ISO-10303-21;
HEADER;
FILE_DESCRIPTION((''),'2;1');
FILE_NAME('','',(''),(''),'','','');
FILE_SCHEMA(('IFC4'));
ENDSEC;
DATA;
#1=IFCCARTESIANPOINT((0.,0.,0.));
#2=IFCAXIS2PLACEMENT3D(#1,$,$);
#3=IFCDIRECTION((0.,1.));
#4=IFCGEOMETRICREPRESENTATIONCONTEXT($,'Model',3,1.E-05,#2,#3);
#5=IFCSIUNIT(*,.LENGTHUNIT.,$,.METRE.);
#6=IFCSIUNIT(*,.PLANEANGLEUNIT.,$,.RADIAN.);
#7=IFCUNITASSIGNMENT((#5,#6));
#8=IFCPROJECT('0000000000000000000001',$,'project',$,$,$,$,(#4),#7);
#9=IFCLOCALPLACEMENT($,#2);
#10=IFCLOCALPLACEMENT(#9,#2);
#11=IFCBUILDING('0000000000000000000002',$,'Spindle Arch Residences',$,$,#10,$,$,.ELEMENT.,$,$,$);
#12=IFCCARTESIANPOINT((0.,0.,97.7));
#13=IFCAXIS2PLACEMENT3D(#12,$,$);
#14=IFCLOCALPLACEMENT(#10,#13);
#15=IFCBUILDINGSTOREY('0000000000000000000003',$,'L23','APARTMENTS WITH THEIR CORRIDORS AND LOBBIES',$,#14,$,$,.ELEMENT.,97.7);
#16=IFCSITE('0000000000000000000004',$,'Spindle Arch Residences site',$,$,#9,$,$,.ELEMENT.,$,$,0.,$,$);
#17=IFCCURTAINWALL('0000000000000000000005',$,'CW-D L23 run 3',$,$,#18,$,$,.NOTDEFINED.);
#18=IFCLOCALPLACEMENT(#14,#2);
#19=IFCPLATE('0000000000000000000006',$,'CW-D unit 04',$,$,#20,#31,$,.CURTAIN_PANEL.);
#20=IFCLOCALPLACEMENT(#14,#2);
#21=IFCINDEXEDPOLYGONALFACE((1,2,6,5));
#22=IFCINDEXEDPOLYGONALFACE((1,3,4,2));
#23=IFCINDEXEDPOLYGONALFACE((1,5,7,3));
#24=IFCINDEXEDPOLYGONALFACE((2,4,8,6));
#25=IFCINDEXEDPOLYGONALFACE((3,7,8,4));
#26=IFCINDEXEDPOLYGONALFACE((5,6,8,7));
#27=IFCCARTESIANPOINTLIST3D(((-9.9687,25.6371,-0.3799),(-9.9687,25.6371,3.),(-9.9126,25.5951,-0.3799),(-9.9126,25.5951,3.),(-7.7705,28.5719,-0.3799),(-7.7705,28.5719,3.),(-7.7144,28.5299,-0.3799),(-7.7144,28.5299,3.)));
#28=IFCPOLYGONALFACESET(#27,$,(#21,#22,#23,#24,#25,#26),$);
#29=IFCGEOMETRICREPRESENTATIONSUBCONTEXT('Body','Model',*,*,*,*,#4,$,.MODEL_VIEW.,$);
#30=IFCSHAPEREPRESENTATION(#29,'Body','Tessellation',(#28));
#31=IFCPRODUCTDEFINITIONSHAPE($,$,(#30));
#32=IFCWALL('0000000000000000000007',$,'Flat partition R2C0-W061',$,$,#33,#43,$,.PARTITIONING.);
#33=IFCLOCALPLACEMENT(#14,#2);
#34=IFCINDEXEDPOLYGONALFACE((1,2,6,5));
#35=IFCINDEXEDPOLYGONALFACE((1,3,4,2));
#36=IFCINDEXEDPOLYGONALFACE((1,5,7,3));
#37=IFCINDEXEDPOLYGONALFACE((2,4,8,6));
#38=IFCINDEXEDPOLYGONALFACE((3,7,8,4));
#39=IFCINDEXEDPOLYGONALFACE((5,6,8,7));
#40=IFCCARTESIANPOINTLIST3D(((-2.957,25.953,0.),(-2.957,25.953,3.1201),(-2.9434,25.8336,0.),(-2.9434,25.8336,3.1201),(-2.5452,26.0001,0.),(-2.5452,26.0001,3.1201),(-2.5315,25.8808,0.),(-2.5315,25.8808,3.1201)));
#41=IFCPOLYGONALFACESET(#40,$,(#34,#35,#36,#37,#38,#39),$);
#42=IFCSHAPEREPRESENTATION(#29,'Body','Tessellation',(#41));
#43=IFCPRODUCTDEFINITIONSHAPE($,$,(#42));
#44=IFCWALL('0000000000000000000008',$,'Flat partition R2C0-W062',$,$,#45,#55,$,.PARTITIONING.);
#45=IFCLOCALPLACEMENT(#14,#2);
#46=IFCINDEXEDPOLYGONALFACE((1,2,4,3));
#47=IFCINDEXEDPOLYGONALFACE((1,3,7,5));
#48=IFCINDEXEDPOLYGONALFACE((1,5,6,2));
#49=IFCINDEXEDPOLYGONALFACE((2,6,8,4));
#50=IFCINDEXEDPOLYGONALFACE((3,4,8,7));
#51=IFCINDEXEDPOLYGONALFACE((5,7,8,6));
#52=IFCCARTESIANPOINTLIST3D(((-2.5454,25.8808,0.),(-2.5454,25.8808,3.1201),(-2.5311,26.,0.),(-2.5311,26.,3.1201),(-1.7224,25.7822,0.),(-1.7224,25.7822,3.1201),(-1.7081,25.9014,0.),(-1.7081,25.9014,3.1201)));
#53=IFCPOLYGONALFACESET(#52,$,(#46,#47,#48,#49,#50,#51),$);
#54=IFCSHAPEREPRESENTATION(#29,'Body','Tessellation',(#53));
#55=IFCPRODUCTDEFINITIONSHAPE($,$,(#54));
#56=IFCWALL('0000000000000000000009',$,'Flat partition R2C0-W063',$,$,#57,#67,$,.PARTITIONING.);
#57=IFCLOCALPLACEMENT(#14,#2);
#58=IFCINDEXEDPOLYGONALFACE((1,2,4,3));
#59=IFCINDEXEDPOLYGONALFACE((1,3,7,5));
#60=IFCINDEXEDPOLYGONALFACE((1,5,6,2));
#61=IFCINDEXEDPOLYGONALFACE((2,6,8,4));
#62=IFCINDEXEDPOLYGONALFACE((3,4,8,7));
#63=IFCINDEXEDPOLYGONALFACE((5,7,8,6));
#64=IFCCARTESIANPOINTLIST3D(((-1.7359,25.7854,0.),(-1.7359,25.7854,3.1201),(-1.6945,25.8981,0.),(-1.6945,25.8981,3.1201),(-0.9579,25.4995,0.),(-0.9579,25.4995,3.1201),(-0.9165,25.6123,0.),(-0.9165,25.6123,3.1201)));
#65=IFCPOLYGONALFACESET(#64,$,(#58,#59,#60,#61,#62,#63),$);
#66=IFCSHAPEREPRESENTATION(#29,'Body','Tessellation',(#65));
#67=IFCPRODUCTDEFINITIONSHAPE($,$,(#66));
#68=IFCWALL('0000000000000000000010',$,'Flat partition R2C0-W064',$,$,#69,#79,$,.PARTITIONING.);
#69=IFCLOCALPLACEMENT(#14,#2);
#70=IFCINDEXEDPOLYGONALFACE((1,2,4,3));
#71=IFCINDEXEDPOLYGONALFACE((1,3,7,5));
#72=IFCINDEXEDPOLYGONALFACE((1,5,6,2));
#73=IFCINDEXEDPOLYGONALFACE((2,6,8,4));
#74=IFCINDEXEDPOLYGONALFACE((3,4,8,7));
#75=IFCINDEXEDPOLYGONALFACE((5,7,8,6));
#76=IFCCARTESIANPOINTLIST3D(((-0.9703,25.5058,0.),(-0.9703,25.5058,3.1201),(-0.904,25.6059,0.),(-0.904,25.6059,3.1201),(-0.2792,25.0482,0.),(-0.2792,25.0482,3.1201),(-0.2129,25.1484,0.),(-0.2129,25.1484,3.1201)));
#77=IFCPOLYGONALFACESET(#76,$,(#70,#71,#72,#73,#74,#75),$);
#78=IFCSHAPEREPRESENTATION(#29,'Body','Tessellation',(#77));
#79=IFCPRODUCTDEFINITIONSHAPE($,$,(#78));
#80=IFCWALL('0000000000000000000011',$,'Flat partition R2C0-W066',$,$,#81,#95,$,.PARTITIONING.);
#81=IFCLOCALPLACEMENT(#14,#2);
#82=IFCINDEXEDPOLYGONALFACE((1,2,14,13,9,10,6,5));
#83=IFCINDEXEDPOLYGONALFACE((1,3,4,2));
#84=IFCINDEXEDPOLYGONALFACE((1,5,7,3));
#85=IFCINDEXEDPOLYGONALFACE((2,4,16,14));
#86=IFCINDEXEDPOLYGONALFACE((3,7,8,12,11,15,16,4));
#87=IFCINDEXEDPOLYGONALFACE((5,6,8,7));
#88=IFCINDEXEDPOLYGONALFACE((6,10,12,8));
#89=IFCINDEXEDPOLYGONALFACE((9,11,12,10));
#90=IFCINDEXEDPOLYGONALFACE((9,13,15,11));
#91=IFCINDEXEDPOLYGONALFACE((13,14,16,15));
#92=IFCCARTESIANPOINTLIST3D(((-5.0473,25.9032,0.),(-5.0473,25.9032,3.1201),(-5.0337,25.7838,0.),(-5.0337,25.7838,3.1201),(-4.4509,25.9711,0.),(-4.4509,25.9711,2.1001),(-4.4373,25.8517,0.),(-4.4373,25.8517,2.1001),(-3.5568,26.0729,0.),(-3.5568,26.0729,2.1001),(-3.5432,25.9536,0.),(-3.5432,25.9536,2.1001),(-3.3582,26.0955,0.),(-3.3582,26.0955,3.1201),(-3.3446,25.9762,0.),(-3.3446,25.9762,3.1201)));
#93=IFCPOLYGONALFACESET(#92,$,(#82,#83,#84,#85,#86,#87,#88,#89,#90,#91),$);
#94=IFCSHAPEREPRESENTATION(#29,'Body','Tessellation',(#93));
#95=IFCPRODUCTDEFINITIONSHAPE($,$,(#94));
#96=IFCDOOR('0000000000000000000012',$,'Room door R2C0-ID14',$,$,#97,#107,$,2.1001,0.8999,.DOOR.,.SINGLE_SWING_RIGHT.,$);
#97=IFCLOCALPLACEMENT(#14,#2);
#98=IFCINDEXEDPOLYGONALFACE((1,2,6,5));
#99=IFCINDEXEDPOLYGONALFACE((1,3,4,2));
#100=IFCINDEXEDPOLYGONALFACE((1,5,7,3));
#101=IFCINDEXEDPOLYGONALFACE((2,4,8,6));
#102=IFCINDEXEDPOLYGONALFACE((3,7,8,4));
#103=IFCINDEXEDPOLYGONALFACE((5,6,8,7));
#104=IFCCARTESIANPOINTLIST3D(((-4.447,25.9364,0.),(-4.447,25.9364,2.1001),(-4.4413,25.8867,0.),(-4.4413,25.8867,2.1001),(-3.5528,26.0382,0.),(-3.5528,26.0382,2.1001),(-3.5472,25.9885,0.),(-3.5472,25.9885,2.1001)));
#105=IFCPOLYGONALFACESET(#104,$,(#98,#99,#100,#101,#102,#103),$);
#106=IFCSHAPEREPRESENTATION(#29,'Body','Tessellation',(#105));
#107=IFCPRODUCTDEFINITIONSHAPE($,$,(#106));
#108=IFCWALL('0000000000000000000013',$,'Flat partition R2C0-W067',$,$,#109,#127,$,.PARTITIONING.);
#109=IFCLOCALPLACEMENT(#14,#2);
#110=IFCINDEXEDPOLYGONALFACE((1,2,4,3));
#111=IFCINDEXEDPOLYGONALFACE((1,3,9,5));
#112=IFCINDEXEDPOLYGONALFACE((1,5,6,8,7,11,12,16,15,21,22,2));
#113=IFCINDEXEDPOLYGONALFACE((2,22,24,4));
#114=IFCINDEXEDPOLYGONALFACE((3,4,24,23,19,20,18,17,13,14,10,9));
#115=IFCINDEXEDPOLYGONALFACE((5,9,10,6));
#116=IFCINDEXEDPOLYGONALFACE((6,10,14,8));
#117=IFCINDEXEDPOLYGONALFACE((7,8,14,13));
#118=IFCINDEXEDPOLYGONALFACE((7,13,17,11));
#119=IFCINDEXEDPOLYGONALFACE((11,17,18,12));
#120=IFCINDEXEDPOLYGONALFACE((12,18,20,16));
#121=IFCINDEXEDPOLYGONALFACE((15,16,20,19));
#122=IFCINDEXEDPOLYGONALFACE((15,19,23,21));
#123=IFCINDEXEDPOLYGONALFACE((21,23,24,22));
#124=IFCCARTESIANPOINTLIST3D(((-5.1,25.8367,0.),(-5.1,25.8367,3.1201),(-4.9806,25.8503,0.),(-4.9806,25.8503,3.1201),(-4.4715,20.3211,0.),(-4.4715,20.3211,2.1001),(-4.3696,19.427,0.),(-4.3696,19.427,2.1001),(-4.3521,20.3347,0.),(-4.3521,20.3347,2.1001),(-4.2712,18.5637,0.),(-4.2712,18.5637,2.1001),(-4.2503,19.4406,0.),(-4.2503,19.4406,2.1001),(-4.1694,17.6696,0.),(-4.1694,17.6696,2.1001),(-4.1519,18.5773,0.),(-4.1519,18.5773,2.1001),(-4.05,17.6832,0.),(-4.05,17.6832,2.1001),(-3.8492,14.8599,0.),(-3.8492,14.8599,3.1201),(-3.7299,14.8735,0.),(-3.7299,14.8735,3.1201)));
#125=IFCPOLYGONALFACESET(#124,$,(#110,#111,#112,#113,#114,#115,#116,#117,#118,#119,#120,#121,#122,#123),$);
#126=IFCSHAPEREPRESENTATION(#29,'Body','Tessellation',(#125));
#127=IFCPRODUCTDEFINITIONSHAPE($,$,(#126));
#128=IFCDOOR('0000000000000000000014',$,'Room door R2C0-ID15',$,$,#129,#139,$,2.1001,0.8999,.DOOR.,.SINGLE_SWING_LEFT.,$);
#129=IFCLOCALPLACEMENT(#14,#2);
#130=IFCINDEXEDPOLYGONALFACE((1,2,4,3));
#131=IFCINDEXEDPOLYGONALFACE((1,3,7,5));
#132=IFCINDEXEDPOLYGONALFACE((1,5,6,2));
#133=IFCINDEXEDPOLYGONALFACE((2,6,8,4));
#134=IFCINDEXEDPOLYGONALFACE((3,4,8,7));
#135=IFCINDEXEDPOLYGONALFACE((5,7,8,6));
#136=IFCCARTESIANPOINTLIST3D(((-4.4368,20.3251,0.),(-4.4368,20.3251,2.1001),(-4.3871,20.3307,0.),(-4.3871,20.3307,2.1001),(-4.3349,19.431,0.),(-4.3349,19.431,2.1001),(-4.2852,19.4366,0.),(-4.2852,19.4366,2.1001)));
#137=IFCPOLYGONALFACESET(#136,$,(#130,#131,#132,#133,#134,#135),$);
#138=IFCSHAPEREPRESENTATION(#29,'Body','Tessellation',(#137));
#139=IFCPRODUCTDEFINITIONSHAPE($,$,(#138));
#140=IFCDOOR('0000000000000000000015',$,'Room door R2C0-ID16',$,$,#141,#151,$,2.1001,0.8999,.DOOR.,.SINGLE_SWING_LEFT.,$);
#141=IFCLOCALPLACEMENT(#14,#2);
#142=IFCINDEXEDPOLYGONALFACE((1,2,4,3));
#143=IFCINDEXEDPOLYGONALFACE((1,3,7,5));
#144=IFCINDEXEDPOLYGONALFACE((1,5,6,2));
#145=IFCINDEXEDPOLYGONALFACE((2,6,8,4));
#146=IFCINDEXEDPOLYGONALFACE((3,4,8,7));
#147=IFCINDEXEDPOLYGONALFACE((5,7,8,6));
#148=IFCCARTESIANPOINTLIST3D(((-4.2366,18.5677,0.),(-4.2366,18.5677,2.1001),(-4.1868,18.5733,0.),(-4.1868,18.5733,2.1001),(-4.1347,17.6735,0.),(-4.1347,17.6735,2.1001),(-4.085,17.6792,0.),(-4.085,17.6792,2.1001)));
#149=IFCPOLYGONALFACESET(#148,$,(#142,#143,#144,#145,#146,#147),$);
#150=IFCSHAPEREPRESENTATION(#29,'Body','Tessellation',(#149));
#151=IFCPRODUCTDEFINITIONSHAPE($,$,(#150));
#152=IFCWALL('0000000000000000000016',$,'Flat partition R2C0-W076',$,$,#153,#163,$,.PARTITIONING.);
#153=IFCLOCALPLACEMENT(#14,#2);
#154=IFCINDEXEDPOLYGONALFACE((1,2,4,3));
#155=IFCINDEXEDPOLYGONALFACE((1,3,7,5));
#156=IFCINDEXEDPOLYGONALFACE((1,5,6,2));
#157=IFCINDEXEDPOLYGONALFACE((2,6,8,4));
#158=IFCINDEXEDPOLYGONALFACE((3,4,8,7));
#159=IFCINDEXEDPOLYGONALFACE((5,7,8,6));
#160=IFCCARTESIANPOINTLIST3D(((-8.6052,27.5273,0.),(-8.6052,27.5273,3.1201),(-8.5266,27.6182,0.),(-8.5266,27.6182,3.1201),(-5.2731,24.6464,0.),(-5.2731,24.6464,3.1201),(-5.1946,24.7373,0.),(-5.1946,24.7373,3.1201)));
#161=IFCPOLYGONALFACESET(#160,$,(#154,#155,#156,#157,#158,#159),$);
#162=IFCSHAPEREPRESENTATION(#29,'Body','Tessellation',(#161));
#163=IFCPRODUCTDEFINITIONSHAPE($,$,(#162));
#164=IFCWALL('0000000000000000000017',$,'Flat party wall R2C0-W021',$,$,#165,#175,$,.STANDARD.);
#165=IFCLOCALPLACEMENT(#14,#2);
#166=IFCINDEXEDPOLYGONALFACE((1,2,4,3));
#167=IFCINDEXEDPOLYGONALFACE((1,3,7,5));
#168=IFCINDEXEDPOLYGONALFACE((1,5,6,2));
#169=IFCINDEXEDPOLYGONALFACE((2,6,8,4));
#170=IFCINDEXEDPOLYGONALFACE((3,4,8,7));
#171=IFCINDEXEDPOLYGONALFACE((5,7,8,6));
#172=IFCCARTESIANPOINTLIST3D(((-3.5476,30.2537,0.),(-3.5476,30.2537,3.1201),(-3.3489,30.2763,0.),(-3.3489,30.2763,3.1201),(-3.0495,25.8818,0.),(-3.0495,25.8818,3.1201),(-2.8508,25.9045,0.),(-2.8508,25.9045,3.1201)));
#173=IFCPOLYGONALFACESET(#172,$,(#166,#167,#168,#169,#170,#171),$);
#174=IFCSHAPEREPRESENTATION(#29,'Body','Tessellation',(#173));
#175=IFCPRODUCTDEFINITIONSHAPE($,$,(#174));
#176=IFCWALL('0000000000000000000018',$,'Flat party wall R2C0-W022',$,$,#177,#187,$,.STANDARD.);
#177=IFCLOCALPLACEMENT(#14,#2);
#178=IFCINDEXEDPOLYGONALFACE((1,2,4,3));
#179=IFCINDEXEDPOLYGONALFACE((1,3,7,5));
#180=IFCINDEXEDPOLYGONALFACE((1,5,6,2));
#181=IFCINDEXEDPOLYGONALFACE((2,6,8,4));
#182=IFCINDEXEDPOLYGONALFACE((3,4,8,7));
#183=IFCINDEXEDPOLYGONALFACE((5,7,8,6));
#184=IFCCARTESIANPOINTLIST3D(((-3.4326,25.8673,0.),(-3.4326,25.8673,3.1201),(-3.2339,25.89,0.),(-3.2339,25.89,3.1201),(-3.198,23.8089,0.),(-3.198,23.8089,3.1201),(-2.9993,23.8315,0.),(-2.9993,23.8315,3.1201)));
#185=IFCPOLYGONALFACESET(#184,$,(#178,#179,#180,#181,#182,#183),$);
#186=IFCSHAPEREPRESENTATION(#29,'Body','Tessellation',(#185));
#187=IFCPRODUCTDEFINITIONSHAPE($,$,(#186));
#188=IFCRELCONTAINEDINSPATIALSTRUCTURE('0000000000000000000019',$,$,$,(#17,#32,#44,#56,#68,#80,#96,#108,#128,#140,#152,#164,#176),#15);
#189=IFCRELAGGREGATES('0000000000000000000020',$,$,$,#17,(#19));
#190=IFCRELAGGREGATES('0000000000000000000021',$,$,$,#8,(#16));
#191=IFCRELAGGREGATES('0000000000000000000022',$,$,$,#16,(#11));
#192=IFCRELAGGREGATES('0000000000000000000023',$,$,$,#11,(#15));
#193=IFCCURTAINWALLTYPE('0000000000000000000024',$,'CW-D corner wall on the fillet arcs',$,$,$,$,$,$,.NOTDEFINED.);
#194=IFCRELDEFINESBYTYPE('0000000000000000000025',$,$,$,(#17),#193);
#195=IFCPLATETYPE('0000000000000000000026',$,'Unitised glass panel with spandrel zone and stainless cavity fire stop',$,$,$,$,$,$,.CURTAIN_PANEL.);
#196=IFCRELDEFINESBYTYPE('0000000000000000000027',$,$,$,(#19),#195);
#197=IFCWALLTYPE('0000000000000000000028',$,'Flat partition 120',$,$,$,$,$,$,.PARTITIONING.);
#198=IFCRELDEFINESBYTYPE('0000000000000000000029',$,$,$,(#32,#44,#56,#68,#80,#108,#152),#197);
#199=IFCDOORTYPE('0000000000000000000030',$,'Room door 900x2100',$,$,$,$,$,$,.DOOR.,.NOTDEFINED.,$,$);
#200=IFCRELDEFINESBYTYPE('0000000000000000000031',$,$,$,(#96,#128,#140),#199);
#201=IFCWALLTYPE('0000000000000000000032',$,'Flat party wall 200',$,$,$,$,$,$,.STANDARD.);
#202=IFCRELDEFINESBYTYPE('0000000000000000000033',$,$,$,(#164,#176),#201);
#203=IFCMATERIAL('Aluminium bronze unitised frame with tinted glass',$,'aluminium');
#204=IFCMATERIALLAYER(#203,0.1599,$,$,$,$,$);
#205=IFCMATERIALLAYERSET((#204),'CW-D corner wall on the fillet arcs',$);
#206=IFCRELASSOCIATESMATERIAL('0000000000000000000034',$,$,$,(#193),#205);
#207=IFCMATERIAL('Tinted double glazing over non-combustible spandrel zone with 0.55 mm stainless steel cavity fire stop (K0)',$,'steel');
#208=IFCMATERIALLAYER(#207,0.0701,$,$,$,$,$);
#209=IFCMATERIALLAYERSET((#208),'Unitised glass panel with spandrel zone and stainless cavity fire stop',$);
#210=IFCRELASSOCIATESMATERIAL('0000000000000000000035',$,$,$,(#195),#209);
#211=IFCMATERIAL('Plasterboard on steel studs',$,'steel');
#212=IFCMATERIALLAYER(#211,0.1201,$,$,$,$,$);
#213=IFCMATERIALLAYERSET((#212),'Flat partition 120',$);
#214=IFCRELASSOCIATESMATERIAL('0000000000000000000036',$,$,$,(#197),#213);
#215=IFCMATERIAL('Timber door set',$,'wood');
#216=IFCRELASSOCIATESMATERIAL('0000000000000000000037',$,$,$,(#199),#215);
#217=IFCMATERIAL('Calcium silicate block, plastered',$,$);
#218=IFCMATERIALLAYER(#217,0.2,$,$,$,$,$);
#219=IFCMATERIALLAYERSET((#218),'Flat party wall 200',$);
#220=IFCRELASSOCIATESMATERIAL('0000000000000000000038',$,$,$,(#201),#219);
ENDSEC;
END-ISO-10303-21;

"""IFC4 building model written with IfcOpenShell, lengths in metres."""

from ifc_helpers import new_model, si_unit, direction, frame, frame_2d, origin, origin_2d, place, context, subcontext, project, spatial, rectangle, extrude, material, layer, layer_set, type_object, element, fill, aggregate, save


model = new_model("IFC4")

# Units and contexts
model_context = context("Model", 3, precision=1e-05, world=origin(), true_north=direction((0.0, 1.0)))
body_context = subcontext(model_context, "Body", "Model", "MODEL_VIEW")
ifc_project = project(units=[si_unit("LENGTHUNIT", "METRE"), si_unit("PLANEANGLEUNIT", "RADIAN")], contexts=[model_context])

# Site, building, storey
site_placement = place(None, origin())
site = spatial("IfcSite", under=ifc_project, at=site_placement, Name="Spindle Arch Residences site", CompositionType="ELEMENT", RefElevation=0.0)
building_placement = place(site_placement, origin())
building = spatial("IfcBuilding", under=site, at=building_placement, Name="Spindle Arch Residences", CompositionType="ELEMENT")
storey_placement = place(building_placement, frame((0.0, 0.0, 97.7)))
storey = spatial("IfcBuildingStorey", under=building, at=storey_placement, Name="L23", Description="APARTMENTS WITH THEIR CORRIDORS AND LOBBIES", CompositionType="ELEMENT", Elevation=97.7)

# Curtain wall
ifc_material_1 = material(Name="Aluminium bronze unitised frame with tinted glass", Category="aluminium")
ifc_layer_1 = layer(ifc_material_1, 0.1599)
ifc_layer_set_1 = layer_set([ifc_layer_1], Name="CW-D corner wall on the fillet arcs")
curtain_wall_type = type_object("IfcCurtainWallType", Name="CW-D corner wall on the fillet arcs", PredefinedType="NOTDEFINED", material=ifc_layer_set_1)
curtain_wall_placement = place(storey_placement, origin())
curtain_wall = element("IfcCurtainWall", 1, at=curtain_wall_placement, inside=storey, type_object=curtain_wall_type, Name="CW-D L23 run 3", PredefinedType="NOTDEFINED")

# Plate
ifc_material_2 = material(Name="Tinted double glazing over non-combustible spandrel zone with 0.55 mm stainless steel cavity fire stop (K0)", Category="steel")
ifc_layer_2 = layer(ifc_material_2, 0.0701)
ifc_layer_set_2 = layer_set([ifc_layer_2], Name="Unitised glass panel with spandrel zone and stainless cavity fire stop")
plate_type = type_object("IfcPlateType", Name="Unitised glass panel with spandrel zone and stainless cavity fire stop", PredefinedType="CURTAIN_PANEL", material=ifc_layer_set_2)
plate_1_placement = place(storey_placement, frame((-8.8416, 27.0835, -0.3799), z_axis=(0.0, 0.0, 1.0), x_axis=(-0.599489, -0.800383, 0.0)))
plate_1 = element("IfcPlate", 2, at=plate_1_placement, type_object=plate_type, Name="CW-D unit 04", PredefinedType="CURTAIN_PANEL", context=body_context, shape_type="SweptSolid", body=[
    extrude(rectangle(XDim=3.6667, YDim=0.0701, at=origin_2d()), origin(), (0.0, 0.0, 1.0), 3.3799),
])
aggregate(curtain_wall, [plate_1])

# Walls
ifc_material_3 = material(Name="Plasterboard on steel studs", Category="steel")
ifc_layer_3 = layer(ifc_material_3, 0.1201)
ifc_layer_set_3 = layer_set([ifc_layer_3], Name="Flat partition 120")
wall_type_1 = type_object("IfcWallType", Name="Flat partition 120", PredefinedType="PARTITIONING", material=ifc_layer_set_3)
wall_1_placement = place(storey_placement, frame((-2.9502, 25.8933, 0.0), z_axis=(0.0, 0.0, 1.0), x_axis=(0.993519, 0.113663, 0.0)))
element("IfcWall", 3, at=wall_1_placement, inside=storey, type_object=wall_type_1, Name="Flat partition R2C0-W061", PredefinedType="PARTITIONING", context=body_context, shape_type="SweptSolid", body=[
    extrude(rectangle(XDim=0.4146, YDim=0.1201, at=frame_2d((0.2073, 0.0))), origin(), (0.0, 0.0, 1.0), 3.1201),
])
for number, where, z_axis, x_axis, name in (
    (4, (-2.5383, 25.9404, 0.0), (0.0, 0.0, 1.0), (0.992895, -0.118994, 0.0), "Flat partition R2C0-W062"),
    (5, (-1.7153, 25.8418, 0.0), (0.0, 0.0, 1.0), (0.938644, -0.344886, 0.0), "Flat partition R2C0-W063"),
    (6, (-0.9373, 25.5559, 0.0), (0.0, 0.0, 1.0), (0.833858, -0.551978, 0.0), "Flat partition R2C0-W064"),
):
    element("IfcWall", number, at=place(storey_placement, frame(where, z_axis=z_axis, x_axis=x_axis)), inside=storey, type_object=wall_type_1, Name=name, PredefinedType="PARTITIONING", context=body_context, shape_type="SweptSolid", body=[
        extrude(rectangle(XDim=0.8289, YDim=0.1201, at=frame_2d((0.4146, 0.0))), origin(), (0.0, 0.0, 1.0), 3.1201),
    ])

# Wall, opening, door
wall_2_placement = place(storey_placement, frame((-3.3513, 26.0359, 0.0), z_axis=(0.0, 0.0, 1.0), x_axis=(-0.993575, -0.113174, 0.0)))
wall_2 = element("IfcWall", 7, at=wall_2_placement, inside=storey, type_object=wall_type_1, Name="Flat partition R2C0-W066", PredefinedType="PARTITIONING", context=body_context, shape_type="SweptSolid", body=[
    extrude(rectangle(XDim=1.7, YDim=0.1201, at=frame_2d((0.8501, 0.0))), origin(), (0.0, 0.0, 1.0), 3.1201),
])
opening_1_placement = place(wall_2_placement, frame((0.2, 0.0, 0.0)))
opening_1 = element("IfcOpeningElement", 8, at=opening_1_placement, cuts=wall_2, PredefinedType="OPENING", context=body_context, shape_type="SweptSolid", body=[
    extrude(rectangle(XDim=0.8999, YDim=2.1001, at=frame_2d((0.45, 1.05))), frame((0.0, 0.0701, 0.0), z_axis=(0.0, -1.0, 0.0), x_axis=(1.0, 0.0, 0.0)), (0.0, 0.0, 1.0), 0.1401),
])
ifc_material_4 = material(Name="Timber door set", Category="wood")
door_type = type_object("IfcDoorType", Name="Room door 900x2100", OperationType="NOTDEFINED", PredefinedType="DOOR", material=ifc_material_4)
door_1_placement = place(opening_1_placement, origin())
door_1 = element("IfcDoor", 9, at=door_1_placement, inside=storey, type_object=door_type, Name="Room door R2C0-ID14", OperationType="SINGLE_SWING_RIGHT", OverallHeight=2.1001, OverallWidth=0.8999, PredefinedType="DOOR", context=body_context, shape_type="SweptSolid", body=[
    extrude(rectangle(XDim=0.8999, YDim=2.1001, at=frame_2d((0.45, 1.05))), frame((0.0, 0.0249, 0.0), z_axis=(0.0, -1.0, 0.0), x_axis=(1.0, 0.0, 0.0)), (0.0, 0.0, 1.0), 0.05),
])
fill(opening_1, door_1)

# Wall, openings, doors
wall_3_placement = place(storey_placement, frame((-5.0403, 25.8435, 0.0), z_axis=(0.0, 0.0, 1.0), x_axis=(0.113211, -0.993571, 0.0)))
wall_3 = element("IfcWall", 10, at=wall_3_placement, inside=storey, type_object=wall_type_1, Name="Flat partition R2C0-W067", PredefinedType="PARTITIONING", context=body_context, shape_type="SweptSolid", body=[
    extrude(rectangle(XDim=11.0479, YDim=0.1201, at=frame_2d((5.5239, 0.0))), origin(), (0.0, 0.0, 1.0), 3.1201),
])
opening_2_placement = place(wall_3_placement, frame((5.5513, 0.0, 0.0)))
opening_2 = element("IfcOpeningElement", 11, at=opening_2_placement, cuts=wall_3, PredefinedType="OPENING", context=body_context, shape_type="SweptSolid", body=[
    extrude(rectangle(XDim=0.8999, YDim=2.1001, at=frame_2d((0.45, 1.05))), frame((0.0, 0.0701, 0.0), z_axis=(0.0, -1.0, 0.0), x_axis=(1.0, 0.0, 0.0)), (0.0, 0.0, 1.0), 0.1401),
])
opening_3_placement = place(wall_3_placement, frame((7.3201, 0.0, 0.0)))
opening_3 = element("IfcOpeningElement", 12, at=opening_3_placement, cuts=wall_3, PredefinedType="OPENING", context=body_context, shape_type="SweptSolid", body=[
    extrude(rectangle(XDim=0.8999, YDim=2.1001, at=frame_2d((0.45, 1.05))), frame((0.0, 0.0701, 0.0), z_axis=(0.0, -1.0, 0.0), x_axis=(1.0, 0.0, 0.0)), (0.0, 0.0, 1.0), 0.1401),
])
door_2_placement = place(opening_2_placement, origin())
door_2 = element("IfcDoor", 13, at=door_2_placement, inside=storey, type_object=door_type, Name="Room door R2C0-ID15", OperationType="SINGLE_SWING_LEFT", OverallHeight=2.1001, OverallWidth=0.8999, PredefinedType="DOOR", context=body_context, shape_type="SweptSolid", body=[
    extrude(rectangle(XDim=0.8999, YDim=2.1001, at=frame_2d((0.45, 1.05))), frame((0.0, 0.0249, 0.0), z_axis=(0.0, -1.0, 0.0), x_axis=(1.0, 0.0, 0.0)), (0.0, 0.0, 1.0), 0.05),
])
fill(opening_2, door_2)
door_3_placement = place(opening_3_placement, origin())
door_3 = element("IfcDoor", 14, at=door_3_placement, inside=storey, type_object=door_type, Name="Room door R2C0-ID16", OperationType="SINGLE_SWING_LEFT", OverallHeight=2.1001, OverallWidth=0.8999, PredefinedType="DOOR", context=body_context, shape_type="SweptSolid", body=[
    extrude(rectangle(XDim=0.8999, YDim=2.1001, at=frame_2d((0.45, 1.05))), frame((0.0, 0.0249, 0.0), z_axis=(0.0, -1.0, 0.0), x_axis=(1.0, 0.0, 0.0)), (0.0, 0.0, 1.0), 0.05),
])
fill(opening_3, door_3)

# Walls
wall_4_placement = place(storey_placement, frame((-8.5659, 27.5728, 0.0), z_axis=(0.0, 0.0, 1.0), x_axis=(0.756464, -0.654035, 0.0)))
element("IfcWall", 15, at=wall_4_placement, inside=storey, type_object=wall_type_1, Name="Flat partition R2C0-W076", PredefinedType="PARTITIONING", context=body_context, shape_type="SweptSolid", body=[
    extrude(rectangle(XDim=4.4048, YDim=0.1201, at=frame_2d((2.2024, 0.0))), origin(), (0.0, 0.0, 1.0), 3.1201),
])
ifc_material_5 = material(Name="Calcium silicate block, plastered")
ifc_layer_4 = layer(ifc_material_5, 0.2)
ifc_layer_set_4 = layer_set([ifc_layer_4], Name="Flat party wall 200")
wall_type_2 = type_object("IfcWallType", Name="Flat party wall 200", PredefinedType="STANDARD", material=ifc_layer_set_4)
wall_5_placement = place(storey_placement, frame((-3.4482, 30.2651, 0.0), z_axis=(0.0, 0.0, 1.0), x_axis=(0.11319, -0.993573, 0.0)))
element("IfcWall", 16, at=wall_5_placement, inside=storey, type_object=wall_type_2, Name="Flat party wall R2C0-W021", PredefinedType="STANDARD", context=body_context, shape_type="SweptSolid", body=[
    extrude(rectangle(XDim=4.4001, YDim=0.2, at=frame_2d((2.2002, 0.0))), origin(), (0.0, 0.0, 1.0), 3.1201),
])
wall_6_placement = place(storey_placement, frame((-3.3333, 25.8787, 0.0), z_axis=(0.0, 0.0, 1.0), x_axis=(0.113251, -0.993566, 0.0)))
element("IfcWall", 17, at=wall_6_placement, inside=storey, type_object=wall_type_2, Name="Flat party wall R2C0-W022", PredefinedType="STANDARD", context=body_context, shape_type="SweptSolid", body=[
    extrude(rectangle(XDim=2.0718, YDim=0.2, at=frame_2d((1.0359, 0.0))), origin(), (0.0, 0.0, 1.0), 3.1201),
])

save(model, "model.ifc")
